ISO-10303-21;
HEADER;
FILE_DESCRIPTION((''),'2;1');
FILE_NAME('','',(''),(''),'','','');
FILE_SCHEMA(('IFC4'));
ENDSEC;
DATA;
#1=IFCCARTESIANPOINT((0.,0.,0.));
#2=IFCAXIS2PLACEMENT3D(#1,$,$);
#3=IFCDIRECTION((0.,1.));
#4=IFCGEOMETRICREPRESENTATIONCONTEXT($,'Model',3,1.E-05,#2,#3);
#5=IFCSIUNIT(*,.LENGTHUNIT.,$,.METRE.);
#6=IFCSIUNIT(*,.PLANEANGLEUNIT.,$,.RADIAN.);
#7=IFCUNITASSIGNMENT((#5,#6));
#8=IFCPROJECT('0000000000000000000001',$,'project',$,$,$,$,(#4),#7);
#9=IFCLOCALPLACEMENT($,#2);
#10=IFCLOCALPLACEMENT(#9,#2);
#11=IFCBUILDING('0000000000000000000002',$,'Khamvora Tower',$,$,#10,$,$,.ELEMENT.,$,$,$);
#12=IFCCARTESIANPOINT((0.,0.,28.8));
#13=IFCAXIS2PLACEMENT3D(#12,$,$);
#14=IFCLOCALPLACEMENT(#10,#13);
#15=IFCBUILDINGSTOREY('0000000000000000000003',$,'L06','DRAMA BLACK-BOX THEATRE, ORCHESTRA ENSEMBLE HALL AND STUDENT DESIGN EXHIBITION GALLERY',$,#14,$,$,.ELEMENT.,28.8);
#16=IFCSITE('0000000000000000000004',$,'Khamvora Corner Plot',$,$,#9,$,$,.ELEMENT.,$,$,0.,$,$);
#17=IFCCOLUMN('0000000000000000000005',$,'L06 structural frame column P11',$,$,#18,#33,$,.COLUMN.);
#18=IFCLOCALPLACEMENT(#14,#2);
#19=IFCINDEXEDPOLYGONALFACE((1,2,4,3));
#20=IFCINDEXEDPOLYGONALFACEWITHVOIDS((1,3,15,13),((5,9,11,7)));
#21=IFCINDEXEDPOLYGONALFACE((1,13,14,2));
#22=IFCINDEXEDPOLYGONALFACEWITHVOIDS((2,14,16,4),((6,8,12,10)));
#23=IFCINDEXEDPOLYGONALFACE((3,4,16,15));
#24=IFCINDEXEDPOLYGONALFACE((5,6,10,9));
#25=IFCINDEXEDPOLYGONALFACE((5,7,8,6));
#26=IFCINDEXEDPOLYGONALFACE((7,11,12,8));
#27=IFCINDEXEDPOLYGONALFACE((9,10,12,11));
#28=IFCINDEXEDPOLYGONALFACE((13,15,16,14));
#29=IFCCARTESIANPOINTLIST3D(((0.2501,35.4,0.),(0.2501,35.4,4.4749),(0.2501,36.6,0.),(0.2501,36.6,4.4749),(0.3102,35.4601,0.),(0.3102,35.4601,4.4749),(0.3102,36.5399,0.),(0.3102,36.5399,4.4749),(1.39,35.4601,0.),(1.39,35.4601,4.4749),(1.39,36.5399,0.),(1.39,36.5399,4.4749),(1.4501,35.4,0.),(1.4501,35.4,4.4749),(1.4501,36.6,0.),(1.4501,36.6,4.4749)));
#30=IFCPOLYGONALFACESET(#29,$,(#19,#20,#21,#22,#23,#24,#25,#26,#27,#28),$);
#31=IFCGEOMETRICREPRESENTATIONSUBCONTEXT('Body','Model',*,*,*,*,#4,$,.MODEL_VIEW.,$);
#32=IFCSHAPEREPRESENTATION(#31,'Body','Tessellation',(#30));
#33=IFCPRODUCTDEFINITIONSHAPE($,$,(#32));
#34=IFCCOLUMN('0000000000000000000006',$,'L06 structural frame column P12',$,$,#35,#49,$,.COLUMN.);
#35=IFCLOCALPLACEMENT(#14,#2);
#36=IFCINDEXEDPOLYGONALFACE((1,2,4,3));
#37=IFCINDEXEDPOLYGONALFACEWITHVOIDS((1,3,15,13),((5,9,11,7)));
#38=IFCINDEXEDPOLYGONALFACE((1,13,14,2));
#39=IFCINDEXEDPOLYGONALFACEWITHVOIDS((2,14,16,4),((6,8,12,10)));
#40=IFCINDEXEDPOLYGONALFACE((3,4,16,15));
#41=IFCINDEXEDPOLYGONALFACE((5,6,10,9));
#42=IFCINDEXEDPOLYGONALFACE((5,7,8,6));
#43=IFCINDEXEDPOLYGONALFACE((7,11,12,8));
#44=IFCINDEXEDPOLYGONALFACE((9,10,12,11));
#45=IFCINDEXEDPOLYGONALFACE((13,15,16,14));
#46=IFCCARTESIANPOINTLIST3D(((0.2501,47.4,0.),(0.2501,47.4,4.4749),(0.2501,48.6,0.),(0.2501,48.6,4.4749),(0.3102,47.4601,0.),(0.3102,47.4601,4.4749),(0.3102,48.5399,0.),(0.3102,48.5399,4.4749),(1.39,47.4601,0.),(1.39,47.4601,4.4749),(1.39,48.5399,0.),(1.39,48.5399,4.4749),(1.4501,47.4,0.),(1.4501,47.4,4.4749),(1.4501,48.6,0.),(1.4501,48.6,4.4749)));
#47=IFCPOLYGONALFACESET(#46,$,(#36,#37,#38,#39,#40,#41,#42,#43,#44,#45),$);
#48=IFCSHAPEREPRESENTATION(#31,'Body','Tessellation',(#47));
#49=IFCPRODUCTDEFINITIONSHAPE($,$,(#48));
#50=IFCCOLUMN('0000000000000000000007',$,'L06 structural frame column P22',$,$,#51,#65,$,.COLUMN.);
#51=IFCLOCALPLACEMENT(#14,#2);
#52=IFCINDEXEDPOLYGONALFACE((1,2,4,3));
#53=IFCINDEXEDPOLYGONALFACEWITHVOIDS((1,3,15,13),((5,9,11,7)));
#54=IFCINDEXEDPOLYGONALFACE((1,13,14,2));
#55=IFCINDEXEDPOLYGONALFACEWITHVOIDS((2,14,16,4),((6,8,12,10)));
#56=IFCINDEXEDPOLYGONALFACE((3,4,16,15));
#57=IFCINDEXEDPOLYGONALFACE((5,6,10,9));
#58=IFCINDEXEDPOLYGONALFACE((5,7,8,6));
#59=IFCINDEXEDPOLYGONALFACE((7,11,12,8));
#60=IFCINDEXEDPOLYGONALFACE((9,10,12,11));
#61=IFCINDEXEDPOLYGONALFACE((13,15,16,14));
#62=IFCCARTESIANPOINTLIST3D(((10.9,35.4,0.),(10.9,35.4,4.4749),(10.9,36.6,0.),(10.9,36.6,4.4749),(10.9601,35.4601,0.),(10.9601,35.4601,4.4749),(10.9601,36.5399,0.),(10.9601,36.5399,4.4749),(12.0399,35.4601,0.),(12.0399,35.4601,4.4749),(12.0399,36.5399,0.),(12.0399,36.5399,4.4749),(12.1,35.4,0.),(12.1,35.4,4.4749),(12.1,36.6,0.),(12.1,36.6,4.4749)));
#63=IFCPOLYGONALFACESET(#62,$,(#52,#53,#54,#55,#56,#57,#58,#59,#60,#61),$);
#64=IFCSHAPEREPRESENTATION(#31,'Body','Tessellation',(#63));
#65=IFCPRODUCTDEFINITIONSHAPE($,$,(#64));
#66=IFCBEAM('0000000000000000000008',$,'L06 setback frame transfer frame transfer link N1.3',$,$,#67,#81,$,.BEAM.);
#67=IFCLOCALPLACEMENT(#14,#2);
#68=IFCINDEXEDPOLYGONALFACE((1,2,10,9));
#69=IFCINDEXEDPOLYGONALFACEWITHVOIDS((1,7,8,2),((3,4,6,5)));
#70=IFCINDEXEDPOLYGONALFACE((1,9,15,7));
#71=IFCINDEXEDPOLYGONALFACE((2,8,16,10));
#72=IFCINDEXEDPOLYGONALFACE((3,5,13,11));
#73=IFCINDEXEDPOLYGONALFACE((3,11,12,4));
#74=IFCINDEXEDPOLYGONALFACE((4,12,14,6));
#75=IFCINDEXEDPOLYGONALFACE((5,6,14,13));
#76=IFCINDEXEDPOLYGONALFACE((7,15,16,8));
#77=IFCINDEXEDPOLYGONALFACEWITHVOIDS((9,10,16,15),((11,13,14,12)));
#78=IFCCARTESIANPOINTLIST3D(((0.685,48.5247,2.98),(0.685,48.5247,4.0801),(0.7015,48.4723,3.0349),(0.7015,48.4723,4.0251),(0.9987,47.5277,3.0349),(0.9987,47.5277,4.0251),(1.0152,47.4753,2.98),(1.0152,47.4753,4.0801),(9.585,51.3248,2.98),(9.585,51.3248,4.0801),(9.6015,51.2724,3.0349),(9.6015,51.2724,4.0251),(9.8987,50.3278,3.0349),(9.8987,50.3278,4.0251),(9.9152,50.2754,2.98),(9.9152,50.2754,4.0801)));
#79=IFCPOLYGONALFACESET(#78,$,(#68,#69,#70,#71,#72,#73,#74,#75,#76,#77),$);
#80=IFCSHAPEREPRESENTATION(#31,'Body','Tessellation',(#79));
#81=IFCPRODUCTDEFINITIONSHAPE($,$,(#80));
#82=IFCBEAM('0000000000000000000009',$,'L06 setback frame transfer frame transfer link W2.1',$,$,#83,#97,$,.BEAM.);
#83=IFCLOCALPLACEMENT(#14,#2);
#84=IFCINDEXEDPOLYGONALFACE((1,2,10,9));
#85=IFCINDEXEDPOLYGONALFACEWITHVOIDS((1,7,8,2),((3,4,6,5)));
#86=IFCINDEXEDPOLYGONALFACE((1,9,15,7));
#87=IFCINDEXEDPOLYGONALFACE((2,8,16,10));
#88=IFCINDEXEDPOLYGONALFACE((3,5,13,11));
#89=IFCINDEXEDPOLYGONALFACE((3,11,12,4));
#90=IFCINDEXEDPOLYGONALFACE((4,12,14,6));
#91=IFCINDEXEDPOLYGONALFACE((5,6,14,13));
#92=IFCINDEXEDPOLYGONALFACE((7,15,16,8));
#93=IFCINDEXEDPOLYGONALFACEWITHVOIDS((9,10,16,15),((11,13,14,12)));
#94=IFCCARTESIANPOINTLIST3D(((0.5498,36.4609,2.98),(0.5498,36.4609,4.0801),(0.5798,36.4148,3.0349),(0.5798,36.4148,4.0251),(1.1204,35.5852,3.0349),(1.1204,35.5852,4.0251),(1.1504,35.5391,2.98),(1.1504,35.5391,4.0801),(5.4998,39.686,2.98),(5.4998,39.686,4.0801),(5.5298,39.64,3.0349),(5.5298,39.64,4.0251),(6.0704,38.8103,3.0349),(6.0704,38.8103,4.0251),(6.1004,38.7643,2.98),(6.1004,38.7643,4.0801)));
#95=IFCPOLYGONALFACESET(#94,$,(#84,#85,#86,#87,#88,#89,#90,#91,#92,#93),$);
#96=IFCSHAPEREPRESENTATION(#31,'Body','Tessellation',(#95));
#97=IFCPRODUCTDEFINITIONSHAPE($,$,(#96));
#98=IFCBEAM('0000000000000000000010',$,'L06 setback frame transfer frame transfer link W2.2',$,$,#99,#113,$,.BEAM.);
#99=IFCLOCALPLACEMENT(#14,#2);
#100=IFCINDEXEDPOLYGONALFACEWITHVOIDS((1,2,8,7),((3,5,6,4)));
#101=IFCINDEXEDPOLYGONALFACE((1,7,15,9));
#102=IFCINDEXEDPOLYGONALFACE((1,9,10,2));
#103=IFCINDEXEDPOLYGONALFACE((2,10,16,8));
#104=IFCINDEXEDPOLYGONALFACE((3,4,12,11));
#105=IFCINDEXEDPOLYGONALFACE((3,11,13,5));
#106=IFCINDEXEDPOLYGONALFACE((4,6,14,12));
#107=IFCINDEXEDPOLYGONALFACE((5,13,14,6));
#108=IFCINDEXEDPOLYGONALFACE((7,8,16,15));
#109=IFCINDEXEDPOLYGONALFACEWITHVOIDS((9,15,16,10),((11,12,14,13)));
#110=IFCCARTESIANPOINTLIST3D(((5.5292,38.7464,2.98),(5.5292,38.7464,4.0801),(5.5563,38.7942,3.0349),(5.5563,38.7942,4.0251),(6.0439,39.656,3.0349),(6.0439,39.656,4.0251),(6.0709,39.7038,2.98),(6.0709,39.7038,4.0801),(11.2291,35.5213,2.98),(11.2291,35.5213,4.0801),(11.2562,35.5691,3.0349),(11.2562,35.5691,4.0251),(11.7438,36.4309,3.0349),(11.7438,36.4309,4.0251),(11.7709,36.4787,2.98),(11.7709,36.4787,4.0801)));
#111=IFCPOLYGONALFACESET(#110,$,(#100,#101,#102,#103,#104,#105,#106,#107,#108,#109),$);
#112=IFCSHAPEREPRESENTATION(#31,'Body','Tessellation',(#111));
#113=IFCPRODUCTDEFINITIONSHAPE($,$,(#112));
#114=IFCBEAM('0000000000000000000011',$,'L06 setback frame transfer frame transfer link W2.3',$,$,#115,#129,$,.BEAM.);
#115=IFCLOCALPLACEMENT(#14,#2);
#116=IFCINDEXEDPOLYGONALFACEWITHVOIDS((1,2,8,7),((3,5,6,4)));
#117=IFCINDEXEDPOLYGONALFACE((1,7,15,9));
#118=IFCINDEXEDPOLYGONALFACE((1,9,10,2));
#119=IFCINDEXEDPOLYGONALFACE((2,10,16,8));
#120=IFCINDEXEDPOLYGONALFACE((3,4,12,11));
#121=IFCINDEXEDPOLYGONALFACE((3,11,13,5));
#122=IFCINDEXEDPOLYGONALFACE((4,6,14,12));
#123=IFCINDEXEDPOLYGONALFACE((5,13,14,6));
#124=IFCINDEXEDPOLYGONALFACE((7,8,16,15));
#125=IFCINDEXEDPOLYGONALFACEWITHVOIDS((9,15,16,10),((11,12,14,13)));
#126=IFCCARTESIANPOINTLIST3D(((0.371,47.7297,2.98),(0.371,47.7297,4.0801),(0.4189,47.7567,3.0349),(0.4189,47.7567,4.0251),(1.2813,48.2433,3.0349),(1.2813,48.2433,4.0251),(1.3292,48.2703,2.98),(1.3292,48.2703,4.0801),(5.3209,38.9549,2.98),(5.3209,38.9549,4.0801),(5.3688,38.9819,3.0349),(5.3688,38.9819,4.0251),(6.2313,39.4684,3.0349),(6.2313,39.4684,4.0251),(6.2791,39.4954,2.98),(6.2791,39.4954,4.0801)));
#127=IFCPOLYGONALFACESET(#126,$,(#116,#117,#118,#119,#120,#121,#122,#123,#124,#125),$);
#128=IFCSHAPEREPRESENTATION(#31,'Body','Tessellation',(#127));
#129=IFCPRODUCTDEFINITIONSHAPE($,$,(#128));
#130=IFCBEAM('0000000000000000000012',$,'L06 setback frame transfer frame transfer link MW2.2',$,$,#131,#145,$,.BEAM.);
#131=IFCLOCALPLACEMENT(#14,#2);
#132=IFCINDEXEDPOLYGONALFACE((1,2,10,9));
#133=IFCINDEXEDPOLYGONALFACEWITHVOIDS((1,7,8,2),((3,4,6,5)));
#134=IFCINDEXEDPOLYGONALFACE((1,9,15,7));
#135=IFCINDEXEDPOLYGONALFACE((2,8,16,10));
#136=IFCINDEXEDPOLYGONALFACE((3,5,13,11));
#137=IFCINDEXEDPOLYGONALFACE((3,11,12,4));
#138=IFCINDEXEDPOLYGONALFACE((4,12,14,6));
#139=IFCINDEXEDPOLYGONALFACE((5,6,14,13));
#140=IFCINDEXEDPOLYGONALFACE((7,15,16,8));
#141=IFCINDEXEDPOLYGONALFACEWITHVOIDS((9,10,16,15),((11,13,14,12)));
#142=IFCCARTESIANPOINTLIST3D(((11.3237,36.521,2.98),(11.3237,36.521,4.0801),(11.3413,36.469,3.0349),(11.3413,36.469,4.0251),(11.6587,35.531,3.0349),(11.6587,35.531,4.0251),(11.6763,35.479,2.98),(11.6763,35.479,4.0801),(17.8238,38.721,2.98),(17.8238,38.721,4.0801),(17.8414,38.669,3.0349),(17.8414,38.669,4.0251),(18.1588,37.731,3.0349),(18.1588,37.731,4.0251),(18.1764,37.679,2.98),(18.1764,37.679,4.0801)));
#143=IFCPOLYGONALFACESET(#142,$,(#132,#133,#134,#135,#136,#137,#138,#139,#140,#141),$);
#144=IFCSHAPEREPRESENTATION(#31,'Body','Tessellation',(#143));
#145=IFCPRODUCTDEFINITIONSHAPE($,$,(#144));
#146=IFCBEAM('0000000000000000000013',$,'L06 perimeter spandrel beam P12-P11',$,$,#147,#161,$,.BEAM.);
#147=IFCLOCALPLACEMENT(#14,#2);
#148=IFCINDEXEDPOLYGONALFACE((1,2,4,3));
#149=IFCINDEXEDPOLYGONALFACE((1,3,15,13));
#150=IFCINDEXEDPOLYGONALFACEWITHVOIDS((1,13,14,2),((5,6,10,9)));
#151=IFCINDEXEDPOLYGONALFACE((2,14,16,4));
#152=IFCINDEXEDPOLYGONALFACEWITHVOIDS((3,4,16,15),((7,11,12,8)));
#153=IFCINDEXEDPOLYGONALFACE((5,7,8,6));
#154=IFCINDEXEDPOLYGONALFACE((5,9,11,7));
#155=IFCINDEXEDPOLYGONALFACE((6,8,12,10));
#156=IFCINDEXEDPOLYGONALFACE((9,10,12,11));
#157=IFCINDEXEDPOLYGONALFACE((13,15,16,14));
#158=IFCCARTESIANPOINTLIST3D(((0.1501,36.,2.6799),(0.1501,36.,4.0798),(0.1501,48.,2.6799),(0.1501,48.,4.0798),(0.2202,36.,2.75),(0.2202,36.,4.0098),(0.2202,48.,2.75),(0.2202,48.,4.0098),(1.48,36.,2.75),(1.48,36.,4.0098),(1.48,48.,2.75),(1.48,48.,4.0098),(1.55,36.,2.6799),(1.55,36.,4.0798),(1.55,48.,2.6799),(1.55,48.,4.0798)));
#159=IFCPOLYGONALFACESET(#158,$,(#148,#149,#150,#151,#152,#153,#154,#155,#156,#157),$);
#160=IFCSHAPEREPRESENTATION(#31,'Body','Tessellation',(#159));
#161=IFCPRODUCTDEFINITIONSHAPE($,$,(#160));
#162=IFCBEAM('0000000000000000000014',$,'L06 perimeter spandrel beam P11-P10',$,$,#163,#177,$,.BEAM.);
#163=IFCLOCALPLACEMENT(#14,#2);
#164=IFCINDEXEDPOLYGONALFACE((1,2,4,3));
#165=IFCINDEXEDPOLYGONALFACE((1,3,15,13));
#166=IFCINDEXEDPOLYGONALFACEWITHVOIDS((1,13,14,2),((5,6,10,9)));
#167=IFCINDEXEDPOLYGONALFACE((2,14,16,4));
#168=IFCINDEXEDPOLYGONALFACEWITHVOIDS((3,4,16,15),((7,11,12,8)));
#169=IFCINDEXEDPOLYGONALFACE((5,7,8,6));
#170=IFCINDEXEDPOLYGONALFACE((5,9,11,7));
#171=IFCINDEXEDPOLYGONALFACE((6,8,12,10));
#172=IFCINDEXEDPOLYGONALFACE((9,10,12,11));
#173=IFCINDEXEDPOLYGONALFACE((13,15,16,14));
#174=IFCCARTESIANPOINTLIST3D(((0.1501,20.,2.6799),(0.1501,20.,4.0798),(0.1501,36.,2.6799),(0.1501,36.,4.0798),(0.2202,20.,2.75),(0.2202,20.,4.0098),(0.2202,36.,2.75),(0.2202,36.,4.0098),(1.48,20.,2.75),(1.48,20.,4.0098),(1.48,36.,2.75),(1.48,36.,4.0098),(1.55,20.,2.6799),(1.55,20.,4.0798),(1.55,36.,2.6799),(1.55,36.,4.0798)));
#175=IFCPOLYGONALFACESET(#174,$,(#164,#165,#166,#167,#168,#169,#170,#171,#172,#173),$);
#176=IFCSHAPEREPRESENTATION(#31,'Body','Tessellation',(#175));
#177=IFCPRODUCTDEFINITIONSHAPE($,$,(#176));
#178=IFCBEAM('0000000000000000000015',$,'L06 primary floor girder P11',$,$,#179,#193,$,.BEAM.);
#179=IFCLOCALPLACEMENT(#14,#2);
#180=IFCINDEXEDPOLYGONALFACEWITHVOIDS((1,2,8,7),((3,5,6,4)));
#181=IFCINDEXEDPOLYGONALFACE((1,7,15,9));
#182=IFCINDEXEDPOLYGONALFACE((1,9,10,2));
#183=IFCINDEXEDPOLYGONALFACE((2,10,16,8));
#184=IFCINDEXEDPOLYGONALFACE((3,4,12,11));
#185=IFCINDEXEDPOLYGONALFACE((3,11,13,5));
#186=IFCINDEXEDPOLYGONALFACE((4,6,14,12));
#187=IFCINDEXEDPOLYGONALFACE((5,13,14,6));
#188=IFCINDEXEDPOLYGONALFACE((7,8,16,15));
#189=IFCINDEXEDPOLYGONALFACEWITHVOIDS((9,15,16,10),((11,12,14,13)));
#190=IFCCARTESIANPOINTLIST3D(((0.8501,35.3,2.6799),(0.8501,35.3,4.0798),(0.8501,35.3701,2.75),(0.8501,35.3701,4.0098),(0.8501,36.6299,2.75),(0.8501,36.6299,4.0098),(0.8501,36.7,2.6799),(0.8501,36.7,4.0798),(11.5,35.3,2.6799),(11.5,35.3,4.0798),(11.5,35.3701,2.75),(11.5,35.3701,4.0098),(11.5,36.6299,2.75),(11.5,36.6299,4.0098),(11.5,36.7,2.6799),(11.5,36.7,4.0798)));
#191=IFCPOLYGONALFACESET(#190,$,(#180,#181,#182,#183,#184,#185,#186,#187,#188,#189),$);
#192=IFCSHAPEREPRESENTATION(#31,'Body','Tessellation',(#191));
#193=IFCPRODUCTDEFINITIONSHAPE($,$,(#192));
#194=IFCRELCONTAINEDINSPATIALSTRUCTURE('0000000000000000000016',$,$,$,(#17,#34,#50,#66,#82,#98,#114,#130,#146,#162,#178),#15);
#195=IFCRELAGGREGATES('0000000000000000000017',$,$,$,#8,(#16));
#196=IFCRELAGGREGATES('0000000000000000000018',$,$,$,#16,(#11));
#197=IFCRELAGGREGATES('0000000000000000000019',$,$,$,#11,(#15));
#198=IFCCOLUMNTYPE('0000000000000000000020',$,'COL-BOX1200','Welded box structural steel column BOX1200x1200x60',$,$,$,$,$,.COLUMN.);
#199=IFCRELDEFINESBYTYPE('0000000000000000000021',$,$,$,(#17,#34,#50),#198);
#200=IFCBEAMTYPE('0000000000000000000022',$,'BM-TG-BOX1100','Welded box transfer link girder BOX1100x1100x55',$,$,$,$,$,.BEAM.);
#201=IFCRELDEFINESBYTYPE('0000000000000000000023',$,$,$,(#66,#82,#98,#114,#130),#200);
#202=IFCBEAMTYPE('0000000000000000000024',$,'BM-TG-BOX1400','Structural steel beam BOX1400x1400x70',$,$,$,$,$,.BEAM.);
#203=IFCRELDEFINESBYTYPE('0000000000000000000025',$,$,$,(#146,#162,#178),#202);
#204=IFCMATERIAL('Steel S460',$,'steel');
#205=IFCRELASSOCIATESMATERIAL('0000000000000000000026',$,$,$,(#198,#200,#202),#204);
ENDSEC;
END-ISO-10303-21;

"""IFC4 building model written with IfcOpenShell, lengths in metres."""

from ifc_helpers import new_model, si_unit, direction, frame, origin, origin_2d, place, context, subcontext, project, spatial, hollow_rectangle, extrude, material, material_profile, profile_set, type_object, element, save


model = new_model("IFC4")

# Units and contexts
model_context = context("Model", 3, precision=1e-05, world=origin(), true_north=direction((0.0, 1.0)))
body_context = subcontext(model_context, "Body", "Model", "MODEL_VIEW")
ifc_project = project(units=[si_unit("LENGTHUNIT", "METRE"), si_unit("PLANEANGLEUNIT", "RADIAN")], contexts=[model_context])

# Site, building, storey
site_placement = place(None, origin())
site = spatial("IfcSite", under=ifc_project, at=site_placement, Name="Khamvora Corner Plot", CompositionType="ELEMENT", RefElevation=0.0)
building_placement = place(site_placement, origin())
building = spatial("IfcBuilding", under=site, at=building_placement, Name="Khamvora Tower", CompositionType="ELEMENT")
storey_placement = place(building_placement, frame((0.0, 0.0, 28.8)))
storey = spatial("IfcBuildingStorey", under=building, at=storey_placement, Name="L06", Description="DRAMA BLACK-BOX THEATRE, ORCHESTRA ENSEMBLE HALL AND STUDENT DESIGN EXHIBITION GALLERY", CompositionType="ELEMENT", Elevation=28.8)

# Columns
ifc_material_1 = material(Name="Steel S460", Category="steel")
ifc_material_profile_1 = material_profile(ifc_material_1, hollow_rectangle(XDim=1.2, YDim=1.2, WallThickness=0.0601, at=origin_2d()), Name="BOX1200x1200x60")
ifc_profile_set_1 = profile_set([ifc_material_profile_1], Name="Steel S460")
column_type = type_object("IfcColumnType", Name="COL-BOX1200", Description="Welded box structural steel column BOX1200x1200x60", PredefinedType="COLUMN", material=ifc_profile_set_1)
for number, where, z_axis, x_axis, name in (
    (1, (0.8501, 36.0, 0.0), (0.0, 0.0, 1.0), (1.0, 0.0, 0.0), "L06 structural frame column P11"),
    (2, (0.8501, 48.0, 0.0), (0.0, 0.0, 1.0), (1.0, 0.0, 0.0), "L06 structural frame column P12"),
    (3, (11.5, 36.0, 0.0), (0.0, 0.0, 1.0), (1.0, 0.0, 0.0), "L06 structural frame column P22"),
):
    element("IfcColumn", number, at=place(storey_placement, frame(where, z_axis=z_axis, x_axis=x_axis)), inside=storey, type_object=column_type, Name=name, PredefinedType="COLUMN", context=body_context, shape_type="SweptSolid", body=[
        extrude(hollow_rectangle(XDim=1.2, YDim=1.2, WallThickness=0.0601, at=origin_2d()), origin(), (0.0, 0.0, 1.0), 4.4749),
    ])

# Beams
ifc_material_profile_2 = material_profile(ifc_material_1, hollow_rectangle(XDim=1.1001, YDim=1.1001, WallThickness=0.0549, at=origin_2d()), Name="BOX1100x1100x55")
ifc_profile_set_2 = profile_set([ifc_material_profile_2], Name="Steel S460")
beam_type_1 = type_object("IfcBeamType", Name="BM-TG-BOX1100", Description="Welded box transfer link girder BOX1100x1100x55", PredefinedType="BEAM", material=ifc_profile_set_2)
beam_1_placement = place(storey_placement, frame((0.8501, 48.0, 3.53), z_axis=(0.953904, 0.300113, 0.0), x_axis=(-0.300113, 0.953904, 0.0)))
element("IfcBeam", 4, at=beam_1_placement, inside=storey, type_object=beam_type_1, Name="L06 setback frame transfer frame transfer link N1.3", PredefinedType="BEAM", context=body_context, shape_type="SweptSolid", body=[
    extrude(hollow_rectangle(XDim=1.1001, YDim=1.1001, WallThickness=0.0549, at=origin_2d()), origin(), (0.0, 0.0, 1.0), 9.3301),
])
beam_2_placement = place(storey_placement, frame((0.8501, 36.0, 3.53), z_axis=(0.837853, 0.545896, 0.0), x_axis=(-0.545896, 0.837853, 0.0)))
element("IfcBeam", 5, at=beam_2_placement, inside=storey, type_object=beam_type_1, Name="L06 setback frame transfer frame transfer link W2.1", PredefinedType="BEAM", context=body_context, shape_type="SweptSolid", body=[
    extrude(hollow_rectangle(XDim=1.1001, YDim=1.1001, WallThickness=0.0549, at=origin_2d()), origin(), (0.0, 0.0, 1.0), 5.908),
])
beam_3_placement = place(storey_placement, frame((11.5, 36.0, 3.53), z_axis=(-0.870341, 0.492449, 0.0), x_axis=(-0.492449, -0.870341, 0.0)))
element("IfcBeam", 6, at=beam_3_placement, inside=storey, type_object=beam_type_1, Name="L06 setback frame transfer frame transfer link W2.2", PredefinedType="BEAM", context=body_context, shape_type="SweptSolid", body=[
    extrude(hollow_rectangle(XDim=1.1001, YDim=1.1001, WallThickness=0.0549, at=origin_2d()), origin(), (0.0, 0.0, 1.0), 6.5491),
])
beam_4_placement = place(storey_placement, frame((0.8501, 48.0, 3.53), z_axis=(0.491322, -0.870978, 0.0), x_axis=(0.870978, 0.491322, 0.0)))
element("IfcBeam", 7, at=beam_4_placement, inside=storey, type_object=beam_type_1, Name="L06 setback frame transfer frame transfer link W2.3", PredefinedType="BEAM", context=body_context, shape_type="SweptSolid", body=[
    extrude(hollow_rectangle(XDim=1.1001, YDim=1.1001, WallThickness=0.0549, at=origin_2d()), origin(), (0.0, 0.0, 1.0), 10.0747),
])
beam_5_placement = place(storey_placement, frame((11.5, 36.0, 3.53), z_axis=(0.947218, 0.32059, 0.0), x_axis=(-0.32059, 0.947218, 0.0)))
element("IfcBeam", 8, at=beam_5_placement, inside=storey, type_object=beam_type_1, Name="L06 setback frame transfer frame transfer link MW2.2", PredefinedType="BEAM", context=body_context, shape_type="SweptSolid", body=[
    extrude(hollow_rectangle(XDim=1.1001, YDim=1.1001, WallThickness=0.0549, at=origin_2d()), origin(), (0.0, 0.0, 1.0), 6.8623),
])
ifc_material_profile_3 = material_profile(ifc_material_1, hollow_rectangle(XDim=1.3999, YDim=1.3999, WallThickness=0.0701, at=origin_2d()), Name="BOX1400x1400x70")
ifc_profile_set_3 = profile_set([ifc_material_profile_3], Name="Steel S460")
beam_type_2 = type_object("IfcBeamType", Name="BM-TG-BOX1400", Description="Structural steel beam BOX1400x1400x70", PredefinedType="BEAM", material=ifc_profile_set_3)
beam_6_placement = place(storey_placement, frame((0.8501, 48.0, 3.3799), z_axis=(0.0, -1.0, 0.0), x_axis=(1.0, 0.0, 0.0)))
element("IfcBeam", 9, at=beam_6_placement, inside=storey, type_object=beam_type_2, Name="L06 perimeter spandrel beam P12-P11", PredefinedType="BEAM", context=body_context, shape_type="SweptSolid", body=[
    extrude(hollow_rectangle(XDim=1.3999, YDim=1.3999, WallThickness=0.0701, at=origin_2d()), origin(), (0.0, 0.0, 1.0), 12.0),
])
beam_7_placement = place(storey_placement, frame((0.8501, 36.0, 3.3799), z_axis=(0.0, -1.0, 0.0), x_axis=(1.0, 0.0, 0.0)))
element("IfcBeam", 10, at=beam_7_placement, inside=storey, type_object=beam_type_2, Name="L06 perimeter spandrel beam P11-P10", PredefinedType="BEAM", context=body_context, shape_type="SweptSolid", body=[
    extrude(hollow_rectangle(XDim=1.3999, YDim=1.3999, WallThickness=0.0701, at=origin_2d()), origin(), (0.0, 0.0, 1.0), 16.0),
])
beam_8_placement = place(storey_placement, frame((11.5, 36.0, 3.3799), z_axis=(-1.0, 0.0, 0.0), x_axis=(0.0, -1.0, 0.0)))
element("IfcBeam", 11, at=beam_8_placement, inside=storey, type_object=beam_type_2, Name="L06 primary floor girder P11", PredefinedType="BEAM", context=body_context, shape_type="SweptSolid", body=[
    extrude(hollow_rectangle(XDim=1.3999, YDim=1.3999, WallThickness=0.0701, at=origin_2d()), origin(), (0.0, 0.0, 1.0), 10.6499),
])

save(model, "model.ifc")
